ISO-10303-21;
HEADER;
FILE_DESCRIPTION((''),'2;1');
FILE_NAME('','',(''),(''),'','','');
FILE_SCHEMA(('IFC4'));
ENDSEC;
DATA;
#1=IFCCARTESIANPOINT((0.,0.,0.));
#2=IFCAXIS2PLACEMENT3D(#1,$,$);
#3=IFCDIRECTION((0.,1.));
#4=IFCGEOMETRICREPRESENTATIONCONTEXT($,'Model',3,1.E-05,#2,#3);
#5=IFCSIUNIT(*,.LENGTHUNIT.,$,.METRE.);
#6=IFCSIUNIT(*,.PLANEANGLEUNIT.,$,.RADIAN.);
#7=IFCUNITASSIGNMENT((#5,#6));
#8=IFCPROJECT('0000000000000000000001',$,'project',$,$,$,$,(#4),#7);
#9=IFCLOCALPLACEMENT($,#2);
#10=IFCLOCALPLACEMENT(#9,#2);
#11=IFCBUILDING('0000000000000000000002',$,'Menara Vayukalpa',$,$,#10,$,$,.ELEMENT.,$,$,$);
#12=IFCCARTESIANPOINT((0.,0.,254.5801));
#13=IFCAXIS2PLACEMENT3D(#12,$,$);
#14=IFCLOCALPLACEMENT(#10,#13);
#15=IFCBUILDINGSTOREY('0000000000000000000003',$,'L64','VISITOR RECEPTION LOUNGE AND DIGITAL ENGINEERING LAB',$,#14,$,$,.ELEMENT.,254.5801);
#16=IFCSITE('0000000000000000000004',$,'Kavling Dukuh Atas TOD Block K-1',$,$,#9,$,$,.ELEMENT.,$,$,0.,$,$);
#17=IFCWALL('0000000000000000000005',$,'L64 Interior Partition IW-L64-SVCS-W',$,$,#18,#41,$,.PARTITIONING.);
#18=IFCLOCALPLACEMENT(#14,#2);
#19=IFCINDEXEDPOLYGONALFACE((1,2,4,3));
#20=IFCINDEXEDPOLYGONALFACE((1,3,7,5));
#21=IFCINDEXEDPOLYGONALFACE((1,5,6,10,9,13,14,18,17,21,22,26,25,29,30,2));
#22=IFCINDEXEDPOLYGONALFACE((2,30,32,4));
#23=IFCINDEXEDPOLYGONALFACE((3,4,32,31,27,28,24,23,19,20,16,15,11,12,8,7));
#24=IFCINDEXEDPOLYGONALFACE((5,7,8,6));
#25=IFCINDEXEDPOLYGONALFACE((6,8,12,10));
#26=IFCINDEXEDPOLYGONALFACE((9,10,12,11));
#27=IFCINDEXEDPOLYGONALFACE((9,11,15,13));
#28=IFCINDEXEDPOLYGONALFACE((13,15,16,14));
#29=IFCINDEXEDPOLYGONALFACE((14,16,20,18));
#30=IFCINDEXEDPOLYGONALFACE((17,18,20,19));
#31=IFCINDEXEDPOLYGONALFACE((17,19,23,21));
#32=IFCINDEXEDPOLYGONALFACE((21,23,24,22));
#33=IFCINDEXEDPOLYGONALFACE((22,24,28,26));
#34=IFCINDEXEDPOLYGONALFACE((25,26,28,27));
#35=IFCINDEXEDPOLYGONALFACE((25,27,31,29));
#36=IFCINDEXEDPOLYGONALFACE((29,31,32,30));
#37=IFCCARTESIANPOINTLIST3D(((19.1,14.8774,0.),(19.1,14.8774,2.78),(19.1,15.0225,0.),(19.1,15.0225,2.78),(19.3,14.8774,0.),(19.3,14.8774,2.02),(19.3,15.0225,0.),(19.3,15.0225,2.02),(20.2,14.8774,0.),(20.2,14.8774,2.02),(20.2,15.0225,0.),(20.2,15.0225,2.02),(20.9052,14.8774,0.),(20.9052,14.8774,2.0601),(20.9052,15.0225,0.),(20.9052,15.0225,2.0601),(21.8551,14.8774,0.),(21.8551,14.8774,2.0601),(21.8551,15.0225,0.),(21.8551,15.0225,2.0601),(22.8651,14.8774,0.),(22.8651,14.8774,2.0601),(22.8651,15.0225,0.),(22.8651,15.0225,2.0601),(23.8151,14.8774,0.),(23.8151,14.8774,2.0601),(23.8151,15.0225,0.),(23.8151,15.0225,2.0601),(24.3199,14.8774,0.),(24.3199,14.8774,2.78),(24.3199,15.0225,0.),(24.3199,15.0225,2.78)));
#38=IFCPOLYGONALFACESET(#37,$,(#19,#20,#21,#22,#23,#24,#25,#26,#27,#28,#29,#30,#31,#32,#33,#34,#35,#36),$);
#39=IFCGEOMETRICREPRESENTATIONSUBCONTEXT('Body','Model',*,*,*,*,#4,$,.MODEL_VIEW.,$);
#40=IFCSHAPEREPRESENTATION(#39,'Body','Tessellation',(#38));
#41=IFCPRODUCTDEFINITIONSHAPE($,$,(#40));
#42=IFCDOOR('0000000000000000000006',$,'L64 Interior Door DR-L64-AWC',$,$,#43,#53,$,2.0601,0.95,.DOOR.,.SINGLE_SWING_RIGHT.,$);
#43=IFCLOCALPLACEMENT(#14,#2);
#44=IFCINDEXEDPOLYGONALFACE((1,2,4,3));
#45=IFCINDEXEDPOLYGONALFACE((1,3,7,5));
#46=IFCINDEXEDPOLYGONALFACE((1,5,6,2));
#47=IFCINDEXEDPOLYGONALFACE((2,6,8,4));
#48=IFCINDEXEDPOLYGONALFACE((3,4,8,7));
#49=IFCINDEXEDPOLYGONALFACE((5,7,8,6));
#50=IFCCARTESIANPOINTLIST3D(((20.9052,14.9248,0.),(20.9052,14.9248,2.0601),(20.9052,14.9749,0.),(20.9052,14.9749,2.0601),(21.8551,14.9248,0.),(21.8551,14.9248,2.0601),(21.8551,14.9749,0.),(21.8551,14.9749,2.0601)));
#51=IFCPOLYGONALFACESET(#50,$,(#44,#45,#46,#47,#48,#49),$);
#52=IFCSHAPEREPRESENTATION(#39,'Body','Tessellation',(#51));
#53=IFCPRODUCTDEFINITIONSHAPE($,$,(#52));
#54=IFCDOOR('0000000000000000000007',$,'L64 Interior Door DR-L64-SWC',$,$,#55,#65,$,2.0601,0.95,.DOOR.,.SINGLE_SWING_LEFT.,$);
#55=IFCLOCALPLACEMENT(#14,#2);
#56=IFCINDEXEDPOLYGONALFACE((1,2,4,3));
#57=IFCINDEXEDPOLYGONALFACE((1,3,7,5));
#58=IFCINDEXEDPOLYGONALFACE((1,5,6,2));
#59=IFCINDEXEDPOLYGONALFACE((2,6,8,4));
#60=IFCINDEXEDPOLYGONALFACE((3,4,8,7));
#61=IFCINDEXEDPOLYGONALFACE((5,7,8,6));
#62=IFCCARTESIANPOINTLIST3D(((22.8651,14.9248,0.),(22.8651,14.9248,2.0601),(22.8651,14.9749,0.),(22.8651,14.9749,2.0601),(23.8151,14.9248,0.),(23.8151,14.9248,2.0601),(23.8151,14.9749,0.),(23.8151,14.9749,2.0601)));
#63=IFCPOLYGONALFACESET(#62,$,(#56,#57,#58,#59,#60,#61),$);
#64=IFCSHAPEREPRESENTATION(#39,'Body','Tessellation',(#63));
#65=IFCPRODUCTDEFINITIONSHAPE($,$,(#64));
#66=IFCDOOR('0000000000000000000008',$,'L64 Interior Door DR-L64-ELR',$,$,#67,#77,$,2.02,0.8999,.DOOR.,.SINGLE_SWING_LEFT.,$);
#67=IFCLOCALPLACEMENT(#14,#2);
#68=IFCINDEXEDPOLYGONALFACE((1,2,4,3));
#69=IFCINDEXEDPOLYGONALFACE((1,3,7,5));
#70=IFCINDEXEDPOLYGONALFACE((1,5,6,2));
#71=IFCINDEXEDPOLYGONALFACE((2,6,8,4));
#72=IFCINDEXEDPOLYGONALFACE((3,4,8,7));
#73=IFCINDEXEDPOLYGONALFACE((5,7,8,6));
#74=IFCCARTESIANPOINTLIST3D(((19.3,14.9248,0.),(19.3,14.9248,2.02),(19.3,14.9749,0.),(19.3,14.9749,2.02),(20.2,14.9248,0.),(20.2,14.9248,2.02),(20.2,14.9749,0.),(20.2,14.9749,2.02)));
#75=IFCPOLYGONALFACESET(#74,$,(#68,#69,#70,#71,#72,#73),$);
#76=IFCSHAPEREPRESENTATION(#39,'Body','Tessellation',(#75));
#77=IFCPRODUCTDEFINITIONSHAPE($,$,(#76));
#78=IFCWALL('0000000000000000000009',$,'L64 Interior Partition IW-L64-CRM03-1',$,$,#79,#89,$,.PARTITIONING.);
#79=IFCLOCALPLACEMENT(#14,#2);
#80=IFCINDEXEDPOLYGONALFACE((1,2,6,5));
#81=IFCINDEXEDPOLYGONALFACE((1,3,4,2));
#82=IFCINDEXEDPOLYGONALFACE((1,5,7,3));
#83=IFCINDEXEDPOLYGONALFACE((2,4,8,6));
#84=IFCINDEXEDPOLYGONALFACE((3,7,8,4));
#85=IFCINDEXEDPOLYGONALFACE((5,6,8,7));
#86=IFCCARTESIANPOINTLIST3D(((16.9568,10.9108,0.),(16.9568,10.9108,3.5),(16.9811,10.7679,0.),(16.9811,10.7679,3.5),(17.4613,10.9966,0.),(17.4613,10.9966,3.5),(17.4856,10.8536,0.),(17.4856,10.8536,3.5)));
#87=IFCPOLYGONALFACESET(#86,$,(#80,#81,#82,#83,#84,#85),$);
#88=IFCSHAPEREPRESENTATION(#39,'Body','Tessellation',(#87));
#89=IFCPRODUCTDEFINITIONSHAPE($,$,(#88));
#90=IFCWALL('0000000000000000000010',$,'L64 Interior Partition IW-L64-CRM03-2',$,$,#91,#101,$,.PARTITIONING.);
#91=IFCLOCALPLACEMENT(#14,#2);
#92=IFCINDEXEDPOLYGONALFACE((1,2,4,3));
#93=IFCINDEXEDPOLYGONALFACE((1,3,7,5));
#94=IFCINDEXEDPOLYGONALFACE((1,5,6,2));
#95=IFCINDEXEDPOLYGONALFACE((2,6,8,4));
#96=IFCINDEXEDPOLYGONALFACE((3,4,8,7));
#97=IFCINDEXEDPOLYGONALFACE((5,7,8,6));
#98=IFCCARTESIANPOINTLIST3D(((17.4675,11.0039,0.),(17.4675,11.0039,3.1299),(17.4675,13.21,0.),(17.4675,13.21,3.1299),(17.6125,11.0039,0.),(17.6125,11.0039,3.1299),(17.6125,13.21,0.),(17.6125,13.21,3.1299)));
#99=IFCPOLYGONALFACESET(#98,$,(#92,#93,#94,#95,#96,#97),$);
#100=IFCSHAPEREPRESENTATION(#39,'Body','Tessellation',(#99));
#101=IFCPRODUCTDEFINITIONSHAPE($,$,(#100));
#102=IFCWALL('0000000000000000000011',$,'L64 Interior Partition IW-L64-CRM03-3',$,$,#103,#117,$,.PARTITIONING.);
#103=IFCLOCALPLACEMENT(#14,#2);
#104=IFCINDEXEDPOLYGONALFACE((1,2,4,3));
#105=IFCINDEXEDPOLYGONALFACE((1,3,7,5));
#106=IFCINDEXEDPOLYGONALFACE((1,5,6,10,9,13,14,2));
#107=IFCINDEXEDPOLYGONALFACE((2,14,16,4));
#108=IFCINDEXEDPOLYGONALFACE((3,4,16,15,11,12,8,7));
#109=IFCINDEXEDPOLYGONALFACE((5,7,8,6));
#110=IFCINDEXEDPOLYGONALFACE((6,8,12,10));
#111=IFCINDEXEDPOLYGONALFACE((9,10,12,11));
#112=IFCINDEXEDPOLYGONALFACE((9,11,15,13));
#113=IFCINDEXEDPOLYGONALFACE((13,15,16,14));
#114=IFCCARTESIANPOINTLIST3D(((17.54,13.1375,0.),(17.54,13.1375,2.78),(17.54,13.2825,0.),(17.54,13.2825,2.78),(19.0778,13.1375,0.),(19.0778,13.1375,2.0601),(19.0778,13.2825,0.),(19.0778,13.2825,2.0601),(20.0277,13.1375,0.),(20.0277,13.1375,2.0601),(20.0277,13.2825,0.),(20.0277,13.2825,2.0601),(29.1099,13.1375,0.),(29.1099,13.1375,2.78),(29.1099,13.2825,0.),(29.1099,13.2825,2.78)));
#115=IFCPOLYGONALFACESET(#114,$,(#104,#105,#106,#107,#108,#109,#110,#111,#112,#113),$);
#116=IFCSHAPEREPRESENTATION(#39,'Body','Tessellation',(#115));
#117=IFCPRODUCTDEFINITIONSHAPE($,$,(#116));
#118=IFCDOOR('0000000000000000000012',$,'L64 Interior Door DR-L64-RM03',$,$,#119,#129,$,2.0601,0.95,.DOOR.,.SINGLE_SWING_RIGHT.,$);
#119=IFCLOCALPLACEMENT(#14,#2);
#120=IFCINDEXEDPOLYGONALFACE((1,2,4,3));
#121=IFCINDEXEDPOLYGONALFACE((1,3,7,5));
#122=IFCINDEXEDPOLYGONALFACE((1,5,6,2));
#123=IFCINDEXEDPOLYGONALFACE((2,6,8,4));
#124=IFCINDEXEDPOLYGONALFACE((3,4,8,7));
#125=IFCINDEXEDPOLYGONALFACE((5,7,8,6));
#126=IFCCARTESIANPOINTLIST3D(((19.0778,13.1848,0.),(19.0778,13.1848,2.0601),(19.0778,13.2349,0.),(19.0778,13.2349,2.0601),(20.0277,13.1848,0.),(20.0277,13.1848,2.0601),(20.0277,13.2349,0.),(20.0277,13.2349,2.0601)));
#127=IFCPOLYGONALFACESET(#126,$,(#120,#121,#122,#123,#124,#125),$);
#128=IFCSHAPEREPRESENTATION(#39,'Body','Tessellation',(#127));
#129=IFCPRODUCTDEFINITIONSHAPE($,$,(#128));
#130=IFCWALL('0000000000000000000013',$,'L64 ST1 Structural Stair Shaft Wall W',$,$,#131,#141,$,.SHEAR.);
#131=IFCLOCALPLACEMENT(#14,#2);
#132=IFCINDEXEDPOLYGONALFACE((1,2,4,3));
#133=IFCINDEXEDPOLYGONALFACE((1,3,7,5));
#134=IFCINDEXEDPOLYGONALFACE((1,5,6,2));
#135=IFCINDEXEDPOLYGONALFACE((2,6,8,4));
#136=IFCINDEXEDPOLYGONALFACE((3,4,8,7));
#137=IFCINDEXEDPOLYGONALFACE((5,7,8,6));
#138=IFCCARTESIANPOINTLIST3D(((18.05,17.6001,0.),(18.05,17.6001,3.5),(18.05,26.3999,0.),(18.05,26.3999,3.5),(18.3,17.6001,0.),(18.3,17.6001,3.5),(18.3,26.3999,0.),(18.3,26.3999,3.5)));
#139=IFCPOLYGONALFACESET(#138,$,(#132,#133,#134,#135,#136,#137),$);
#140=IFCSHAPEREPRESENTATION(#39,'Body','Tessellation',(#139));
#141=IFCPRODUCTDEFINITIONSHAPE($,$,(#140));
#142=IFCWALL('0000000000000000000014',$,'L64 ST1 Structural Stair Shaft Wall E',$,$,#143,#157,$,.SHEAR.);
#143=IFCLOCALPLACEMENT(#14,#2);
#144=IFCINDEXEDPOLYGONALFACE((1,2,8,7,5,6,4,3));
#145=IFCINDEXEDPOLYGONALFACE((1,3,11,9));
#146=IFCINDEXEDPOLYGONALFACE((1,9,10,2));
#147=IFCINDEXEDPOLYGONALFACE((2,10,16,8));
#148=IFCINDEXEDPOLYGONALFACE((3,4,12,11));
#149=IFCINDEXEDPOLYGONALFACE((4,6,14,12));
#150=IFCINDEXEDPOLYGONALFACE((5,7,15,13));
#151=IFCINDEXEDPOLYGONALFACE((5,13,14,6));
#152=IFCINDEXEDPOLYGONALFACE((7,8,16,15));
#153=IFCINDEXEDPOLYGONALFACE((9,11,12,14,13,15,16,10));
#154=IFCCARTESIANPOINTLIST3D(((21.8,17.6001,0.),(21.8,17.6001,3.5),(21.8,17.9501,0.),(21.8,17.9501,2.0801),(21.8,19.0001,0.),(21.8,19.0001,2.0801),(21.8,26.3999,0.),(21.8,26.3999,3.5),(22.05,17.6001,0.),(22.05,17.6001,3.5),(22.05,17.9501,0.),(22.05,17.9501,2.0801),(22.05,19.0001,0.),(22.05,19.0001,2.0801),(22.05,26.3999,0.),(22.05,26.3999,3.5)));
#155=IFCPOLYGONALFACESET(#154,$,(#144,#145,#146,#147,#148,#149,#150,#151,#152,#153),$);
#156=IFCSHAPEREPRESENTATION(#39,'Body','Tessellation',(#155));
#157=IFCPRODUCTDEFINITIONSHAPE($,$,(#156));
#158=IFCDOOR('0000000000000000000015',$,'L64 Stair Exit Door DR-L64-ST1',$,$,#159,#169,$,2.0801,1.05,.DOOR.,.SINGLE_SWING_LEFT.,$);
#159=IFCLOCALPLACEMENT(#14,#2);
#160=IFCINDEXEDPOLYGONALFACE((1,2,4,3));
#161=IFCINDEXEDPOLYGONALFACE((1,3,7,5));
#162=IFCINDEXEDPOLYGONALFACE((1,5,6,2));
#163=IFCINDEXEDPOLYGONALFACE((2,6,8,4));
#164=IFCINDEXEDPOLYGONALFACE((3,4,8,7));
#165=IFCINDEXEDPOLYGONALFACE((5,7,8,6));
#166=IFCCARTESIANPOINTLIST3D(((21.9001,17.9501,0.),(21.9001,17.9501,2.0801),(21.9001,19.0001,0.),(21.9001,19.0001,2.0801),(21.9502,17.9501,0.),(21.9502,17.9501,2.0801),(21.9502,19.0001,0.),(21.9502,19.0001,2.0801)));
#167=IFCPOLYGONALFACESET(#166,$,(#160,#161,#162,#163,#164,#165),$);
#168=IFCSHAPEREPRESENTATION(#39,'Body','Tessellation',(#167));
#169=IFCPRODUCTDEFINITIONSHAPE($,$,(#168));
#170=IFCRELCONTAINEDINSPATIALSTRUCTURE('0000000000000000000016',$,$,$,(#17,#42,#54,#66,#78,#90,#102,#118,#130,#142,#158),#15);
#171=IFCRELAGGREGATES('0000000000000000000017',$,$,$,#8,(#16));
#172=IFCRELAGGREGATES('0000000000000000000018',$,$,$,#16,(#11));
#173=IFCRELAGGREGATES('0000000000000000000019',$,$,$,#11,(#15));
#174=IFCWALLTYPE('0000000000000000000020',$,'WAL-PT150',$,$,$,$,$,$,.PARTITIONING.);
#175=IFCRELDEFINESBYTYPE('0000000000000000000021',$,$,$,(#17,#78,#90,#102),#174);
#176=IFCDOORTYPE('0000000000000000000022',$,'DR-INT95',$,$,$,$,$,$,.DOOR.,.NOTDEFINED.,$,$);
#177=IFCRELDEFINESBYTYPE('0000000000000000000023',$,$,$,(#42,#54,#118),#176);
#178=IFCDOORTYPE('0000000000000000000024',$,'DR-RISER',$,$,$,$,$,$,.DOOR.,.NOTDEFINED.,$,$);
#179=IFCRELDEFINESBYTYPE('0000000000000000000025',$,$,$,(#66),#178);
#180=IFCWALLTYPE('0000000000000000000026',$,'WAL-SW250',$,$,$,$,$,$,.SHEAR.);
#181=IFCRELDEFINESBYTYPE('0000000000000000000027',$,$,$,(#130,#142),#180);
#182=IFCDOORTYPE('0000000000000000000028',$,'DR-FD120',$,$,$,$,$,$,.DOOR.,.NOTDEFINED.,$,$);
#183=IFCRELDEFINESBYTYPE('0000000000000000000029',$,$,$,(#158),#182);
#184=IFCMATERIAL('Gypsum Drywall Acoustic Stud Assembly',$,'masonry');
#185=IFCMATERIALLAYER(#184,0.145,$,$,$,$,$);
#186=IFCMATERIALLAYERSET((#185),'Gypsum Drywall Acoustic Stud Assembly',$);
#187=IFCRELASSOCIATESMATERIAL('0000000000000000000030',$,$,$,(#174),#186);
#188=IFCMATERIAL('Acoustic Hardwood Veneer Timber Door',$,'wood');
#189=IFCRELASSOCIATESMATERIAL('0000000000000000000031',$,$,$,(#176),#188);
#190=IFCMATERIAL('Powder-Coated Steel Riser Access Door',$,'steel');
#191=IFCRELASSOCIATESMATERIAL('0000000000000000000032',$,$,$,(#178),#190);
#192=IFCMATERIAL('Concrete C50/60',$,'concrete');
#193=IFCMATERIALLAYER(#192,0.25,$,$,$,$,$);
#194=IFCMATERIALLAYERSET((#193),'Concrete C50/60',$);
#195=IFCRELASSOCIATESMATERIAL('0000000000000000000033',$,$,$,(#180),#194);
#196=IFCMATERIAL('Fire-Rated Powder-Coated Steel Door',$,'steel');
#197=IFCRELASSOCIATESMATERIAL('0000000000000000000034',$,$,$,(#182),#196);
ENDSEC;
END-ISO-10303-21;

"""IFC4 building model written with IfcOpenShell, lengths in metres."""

from ifc_helpers import new_model, si_unit, direction, frame, frame_2d, origin, place, context, subcontext, project, spatial, rectangle, extrude, material, layer, layer_set, type_object, element, fill, save


model = new_model("IFC4")

# Units and contexts
model_context = context("Model", 3, precision=1e-05, world=origin(), true_north=direction((0.0, 1.0)))
body_context = subcontext(model_context, "Body", "Model", "MODEL_VIEW")
ifc_project = project(units=[si_unit("LENGTHUNIT", "METRE"), si_unit("PLANEANGLEUNIT", "RADIAN")], contexts=[model_context])

# Site, building, storey
site_placement = place(None, origin())
site = spatial("IfcSite", under=ifc_project, at=site_placement, Name="Kavling Dukuh Atas TOD Block K-1", CompositionType="ELEMENT", RefElevation=0.0)
building_placement = place(site_placement, origin())
building = spatial("IfcBuilding", under=site, at=building_placement, Name="Menara Vayukalpa", CompositionType="ELEMENT")
storey_placement = place(building_placement, frame((0.0, 0.0, 254.5801)))
storey = spatial("IfcBuildingStorey", under=building, at=storey_placement, Name="L64", Description="VISITOR RECEPTION LOUNGE AND DIGITAL ENGINEERING LAB", CompositionType="ELEMENT", Elevation=254.5801)

# Wall, openings, doors
ifc_material_1 = material(Name="Gypsum Drywall Acoustic Stud Assembly", Category="masonry")
ifc_layer_1 = layer(ifc_material_1, 0.145)
ifc_layer_set_1 = layer_set([ifc_layer_1], Name="Gypsum Drywall Acoustic Stud Assembly")
wall_type_1 = type_object("IfcWallType", Name="WAL-PT150", PredefinedType="PARTITIONING", material=ifc_layer_set_1)
wall_1_placement = place(storey_placement, frame((19.1001, 14.95, 0.0), z_axis=(0.0, 0.0, 1.0), x_axis=(1.0, 0.0, 0.0)))
wall_1 = element("IfcWall", 1, at=wall_1_placement, inside=storey, type_object=wall_type_1, Name="L64 Interior Partition IW-L64-SVCS-W", PredefinedType="PARTITIONING", context=body_context, shape_type="SweptSolid", body=[
    extrude(rectangle(XDim=5.22, YDim=0.145, at=frame_2d((2.6099, 0.0))), origin(), (0.0, 0.0, 1.0), 2.78),
])
opening_1_placement = place(wall_1_placement, frame((0.2, 0.0, 0.0)))
opening_1 = element("IfcOpeningElement", 2, at=opening_1_placement, cuts=wall_1, PredefinedType="OPENING", context=body_context, shape_type="SweptSolid", body=[
    extrude(rectangle(XDim=0.8999, YDim=2.02, at=frame_2d((0.45, 1.01))), frame((0.0, 0.0825, 0.0), z_axis=(0.0, -1.0, 0.0), x_axis=(1.0, 0.0, 0.0)), (0.0, 0.0, 1.0), 0.165),
])
opening_2_placement = place(wall_1_placement, frame((1.8049, 0.0, 0.0)))
opening_2 = element("IfcOpeningElement", 3, at=opening_2_placement, cuts=wall_1, PredefinedType="OPENING", context=body_context, shape_type="SweptSolid", body=[
    extrude(rectangle(XDim=0.95, YDim=2.0601, at=frame_2d((0.4751, 1.03))), frame((0.0, 0.0825, 0.0), z_axis=(0.0, -1.0, 0.0), x_axis=(1.0, 0.0, 0.0)), (0.0, 0.0, 1.0), 0.165),
])
opening_3_placement = place(wall_1_placement, frame((3.7649, 0.0, 0.0)))
opening_3 = element("IfcOpeningElement", 4, at=opening_3_placement, cuts=wall_1, PredefinedType="OPENING", context=body_context, shape_type="SweptSolid", body=[
    extrude(rectangle(XDim=0.95, YDim=2.0601, at=frame_2d((0.4751, 1.03))), frame((0.0, 0.0825, 0.0), z_axis=(0.0, -1.0, 0.0), x_axis=(1.0, 0.0, 0.0)), (0.0, 0.0, 1.0), 0.165),
])
ifc_material_2 = material(Name="Acoustic Hardwood Veneer Timber Door", Category="wood")
door_type_1 = type_object("IfcDoorType", Name="DR-INT95", OperationType="NOTDEFINED", PredefinedType="DOOR", material=ifc_material_2)
door_1_placement = place(opening_2_placement, origin())
door_1 = element("IfcDoor", 5, at=door_1_placement, inside=storey, type_object=door_type_1, Name="L64 Interior Door DR-L64-AWC", OperationType="SINGLE_SWING_RIGHT", OverallHeight=2.0601, OverallWidth=0.95, PredefinedType="DOOR", context=body_context, shape_type="SweptSolid", body=[
    extrude(rectangle(XDim=0.95, YDim=2.0601, at=frame_2d((0.4751, 1.03))), frame((0.0, 0.0249, 0.0), z_axis=(0.0, -1.0, 0.0), x_axis=(1.0, 0.0, 0.0)), (0.0, 0.0, 1.0), 0.05),
])
fill(opening_2, door_1)
door_2_placement = place(opening_3_placement, origin())
door_2 = element("IfcDoor", 6, at=door_2_placement, inside=storey, type_object=door_type_1, Name="L64 Interior Door DR-L64-SWC", OperationType="SINGLE_SWING_LEFT", OverallHeight=2.0601, OverallWidth=0.95, PredefinedType="DOOR", context=body_context, shape_type="SweptSolid", body=[
    extrude(rectangle(XDim=0.95, YDim=2.0601, at=frame_2d((0.4751, 1.03))), frame((0.0, 0.0249, 0.0), z_axis=(0.0, -1.0, 0.0), x_axis=(1.0, 0.0, 0.0)), (0.0, 0.0, 1.0), 0.05),
])
fill(opening_3, door_2)
ifc_material_3 = material(Name="Powder-Coated Steel Riser Access Door", Category="steel")
door_type_2 = type_object("IfcDoorType", Name="DR-RISER", OperationType="NOTDEFINED", PredefinedType="DOOR", material=ifc_material_3)
door_3_placement = place(opening_1_placement, origin())
door_3 = element("IfcDoor", 7, at=door_3_placement, inside=storey, type_object=door_type_2, Name="L64 Interior Door DR-L64-ELR", OperationType="SINGLE_SWING_LEFT", OverallHeight=2.02, OverallWidth=0.8999, PredefinedType="DOOR", context=body_context, shape_type="SweptSolid", body=[
    extrude(rectangle(XDim=0.8999, YDim=2.02, at=frame_2d((0.45, 1.01))), frame((0.0, 0.0249, 0.0), z_axis=(0.0, -1.0, 0.0), x_axis=(1.0, 0.0, 0.0)), (0.0, 0.0, 1.0), 0.05),
])
fill(opening_1, door_3)

# Walls
wall_2_placement = place(storey_placement, frame((16.969, 10.8394, 0.0), z_axis=(0.0, 0.0, 1.0), x_axis=(0.985873, 0.167493, 0.0)))
element("IfcWall", 8, at=wall_2_placement, inside=storey, type_object=wall_type_1, Name="L64 Interior Partition IW-L64-CRM03-1", PredefinedType="PARTITIONING", context=body_context, shape_type="SweptSolid", body=[
    extrude(rectangle(XDim=0.5117, YDim=0.145, at=frame_2d((0.2559, 0.0))), origin(), (0.0, 0.0, 1.0), 3.5),
])
wall_3_placement = place(storey_placement, frame((17.54, 11.0039, 0.0), z_axis=(0.0, 0.0, 1.0), x_axis=(0.0, 1.0, 0.0)))
element("IfcWall", 9, at=wall_3_placement, inside=storey, type_object=wall_type_1, Name="L64 Interior Partition IW-L64-CRM03-2", PredefinedType="PARTITIONING", context=body_context, shape_type="SweptSolid", body=[
    extrude(rectangle(XDim=2.2061, YDim=0.145, at=frame_2d((1.103, 0.0))), origin(), (0.0, 0.0, 1.0), 3.1299),
])

# Wall, opening, door
wall_4_placement = place(storey_placement, frame((17.54, 13.21, 0.0), z_axis=(0.0, 0.0, 1.0), x_axis=(1.0, 0.0, 0.0)))
wall_4 = element("IfcWall", 10, at=wall_4_placement, inside=storey, type_object=wall_type_1, Name="L64 Interior Partition IW-L64-CRM03-3", PredefinedType="PARTITIONING", context=body_context, shape_type="SweptSolid", body=[
    extrude(rectangle(XDim=11.5698, YDim=0.145, at=frame_2d((5.7849, 0.0))), origin(), (0.0, 0.0, 1.0), 2.78),
])
opening_4_placement = place(wall_4_placement, frame((1.5376, 0.0, 0.0)))
opening_4 = element("IfcOpeningElement", 11, at=opening_4_placement, cuts=wall_4, PredefinedType="OPENING", context=body_context, shape_type="SweptSolid", body=[
    extrude(rectangle(XDim=0.95, YDim=2.0601, at=frame_2d((0.4751, 1.03))), frame((0.0, 0.0825, 0.0), z_axis=(0.0, -1.0, 0.0), x_axis=(1.0, 0.0, 0.0)), (0.0, 0.0, 1.0), 0.165),
])
door_4_placement = place(opening_4_placement, origin())
door_4 = element("IfcDoor", 12, at=door_4_placement, inside=storey, type_object=door_type_1, Name="L64 Interior Door DR-L64-RM03", OperationType="SINGLE_SWING_RIGHT", OverallHeight=2.0601, OverallWidth=0.95, PredefinedType="DOOR", context=body_context, shape_type="SweptSolid", body=[
    extrude(rectangle(XDim=0.95, YDim=2.0601, at=frame_2d((0.4751, 1.03))), frame((0.0, 0.0249, 0.0), z_axis=(0.0, -1.0, 0.0), x_axis=(1.0, 0.0, 0.0)), (0.0, 0.0, 1.0), 0.05),
])
fill(opening_4, door_4)

# Wall
ifc_material_4 = material(Name="Concrete C50/60", Category="concrete")
ifc_layer_2 = layer(ifc_material_4, 0.25)
ifc_layer_set_2 = layer_set([ifc_layer_2], Name="Concrete C50/60")
wall_type_2 = type_object("IfcWallType", Name="WAL-SW250", PredefinedType="SHEAR", material=ifc_layer_set_2)
wall_5_placement = place(storey_placement, frame((18.175, 17.6001, 0.0), z_axis=(0.0, 0.0, 1.0), x_axis=(0.0, 1.0, 0.0)))
element("IfcWall", 13, at=wall_5_placement, inside=storey, type_object=wall_type_2, Name="L64 ST1 Structural Stair Shaft Wall W", PredefinedType="SHEAR", context=body_context, shape_type="SweptSolid", body=[
    extrude(rectangle(XDim=8.7998, YDim=0.25, at=frame_2d((4.3999, 0.0))), origin(), (0.0, 0.0, 1.0), 3.5),
])

# Wall, opening, door
wall_6_placement = place(storey_placement, frame((21.925, 17.6001, 0.0), z_axis=(0.0, 0.0, 1.0), x_axis=(0.0, 1.0, 0.0)))
wall_6 = element("IfcWall", 14, at=wall_6_placement, inside=storey, type_object=wall_type_2, Name="L64 ST1 Structural Stair Shaft Wall E", PredefinedType="SHEAR", context=body_context, shape_type="SweptSolid", body=[
    extrude(rectangle(XDim=8.7998, YDim=0.25, at=frame_2d((4.3999, 0.0))), origin(), (0.0, 0.0, 1.0), 3.5),
])
opening_5_placement = place(wall_6_placement, frame((0.3501, 0.0, 0.0)))
opening_5 = element("IfcOpeningElement", 15, at=opening_5_placement, cuts=wall_6, PredefinedType="OPENING", context=body_context, shape_type="SweptSolid", body=[
    extrude(rectangle(XDim=1.05, YDim=2.0801, at=frame_2d((0.5249, 1.04))), frame((0.0, 0.135, 0.0), z_axis=(0.0, -1.0, 0.0), x_axis=(1.0, 0.0, 0.0)), (0.0, 0.0, 1.0), 0.27),
])
ifc_material_5 = material(Name="Fire-Rated Powder-Coated Steel Door", Category="steel")
door_type_3 = type_object("IfcDoorType", Name="DR-FD120", OperationType="NOTDEFINED", PredefinedType="DOOR", material=ifc_material_5)
door_5_placement = place(opening_5_placement, origin())
door_5 = element("IfcDoor", 16, at=door_5_placement, inside=storey, type_object=door_type_3, Name="L64 Stair Exit Door DR-L64-ST1", OperationType="SINGLE_SWING_LEFT", OverallHeight=2.0801, OverallWidth=1.05, PredefinedType="DOOR", context=body_context, shape_type="SweptSolid", body=[
    extrude(rectangle(XDim=1.05, YDim=2.0801, at=frame_2d((0.5249, 1.04))), frame((0.0, 0.0249, 0.0), z_axis=(0.0, -1.0, 0.0), x_axis=(1.0, 0.0, 0.0)), (0.0, 0.0, 1.0), 0.05),
])
fill(opening_5, door_5)

save(model, "model.ifc")
